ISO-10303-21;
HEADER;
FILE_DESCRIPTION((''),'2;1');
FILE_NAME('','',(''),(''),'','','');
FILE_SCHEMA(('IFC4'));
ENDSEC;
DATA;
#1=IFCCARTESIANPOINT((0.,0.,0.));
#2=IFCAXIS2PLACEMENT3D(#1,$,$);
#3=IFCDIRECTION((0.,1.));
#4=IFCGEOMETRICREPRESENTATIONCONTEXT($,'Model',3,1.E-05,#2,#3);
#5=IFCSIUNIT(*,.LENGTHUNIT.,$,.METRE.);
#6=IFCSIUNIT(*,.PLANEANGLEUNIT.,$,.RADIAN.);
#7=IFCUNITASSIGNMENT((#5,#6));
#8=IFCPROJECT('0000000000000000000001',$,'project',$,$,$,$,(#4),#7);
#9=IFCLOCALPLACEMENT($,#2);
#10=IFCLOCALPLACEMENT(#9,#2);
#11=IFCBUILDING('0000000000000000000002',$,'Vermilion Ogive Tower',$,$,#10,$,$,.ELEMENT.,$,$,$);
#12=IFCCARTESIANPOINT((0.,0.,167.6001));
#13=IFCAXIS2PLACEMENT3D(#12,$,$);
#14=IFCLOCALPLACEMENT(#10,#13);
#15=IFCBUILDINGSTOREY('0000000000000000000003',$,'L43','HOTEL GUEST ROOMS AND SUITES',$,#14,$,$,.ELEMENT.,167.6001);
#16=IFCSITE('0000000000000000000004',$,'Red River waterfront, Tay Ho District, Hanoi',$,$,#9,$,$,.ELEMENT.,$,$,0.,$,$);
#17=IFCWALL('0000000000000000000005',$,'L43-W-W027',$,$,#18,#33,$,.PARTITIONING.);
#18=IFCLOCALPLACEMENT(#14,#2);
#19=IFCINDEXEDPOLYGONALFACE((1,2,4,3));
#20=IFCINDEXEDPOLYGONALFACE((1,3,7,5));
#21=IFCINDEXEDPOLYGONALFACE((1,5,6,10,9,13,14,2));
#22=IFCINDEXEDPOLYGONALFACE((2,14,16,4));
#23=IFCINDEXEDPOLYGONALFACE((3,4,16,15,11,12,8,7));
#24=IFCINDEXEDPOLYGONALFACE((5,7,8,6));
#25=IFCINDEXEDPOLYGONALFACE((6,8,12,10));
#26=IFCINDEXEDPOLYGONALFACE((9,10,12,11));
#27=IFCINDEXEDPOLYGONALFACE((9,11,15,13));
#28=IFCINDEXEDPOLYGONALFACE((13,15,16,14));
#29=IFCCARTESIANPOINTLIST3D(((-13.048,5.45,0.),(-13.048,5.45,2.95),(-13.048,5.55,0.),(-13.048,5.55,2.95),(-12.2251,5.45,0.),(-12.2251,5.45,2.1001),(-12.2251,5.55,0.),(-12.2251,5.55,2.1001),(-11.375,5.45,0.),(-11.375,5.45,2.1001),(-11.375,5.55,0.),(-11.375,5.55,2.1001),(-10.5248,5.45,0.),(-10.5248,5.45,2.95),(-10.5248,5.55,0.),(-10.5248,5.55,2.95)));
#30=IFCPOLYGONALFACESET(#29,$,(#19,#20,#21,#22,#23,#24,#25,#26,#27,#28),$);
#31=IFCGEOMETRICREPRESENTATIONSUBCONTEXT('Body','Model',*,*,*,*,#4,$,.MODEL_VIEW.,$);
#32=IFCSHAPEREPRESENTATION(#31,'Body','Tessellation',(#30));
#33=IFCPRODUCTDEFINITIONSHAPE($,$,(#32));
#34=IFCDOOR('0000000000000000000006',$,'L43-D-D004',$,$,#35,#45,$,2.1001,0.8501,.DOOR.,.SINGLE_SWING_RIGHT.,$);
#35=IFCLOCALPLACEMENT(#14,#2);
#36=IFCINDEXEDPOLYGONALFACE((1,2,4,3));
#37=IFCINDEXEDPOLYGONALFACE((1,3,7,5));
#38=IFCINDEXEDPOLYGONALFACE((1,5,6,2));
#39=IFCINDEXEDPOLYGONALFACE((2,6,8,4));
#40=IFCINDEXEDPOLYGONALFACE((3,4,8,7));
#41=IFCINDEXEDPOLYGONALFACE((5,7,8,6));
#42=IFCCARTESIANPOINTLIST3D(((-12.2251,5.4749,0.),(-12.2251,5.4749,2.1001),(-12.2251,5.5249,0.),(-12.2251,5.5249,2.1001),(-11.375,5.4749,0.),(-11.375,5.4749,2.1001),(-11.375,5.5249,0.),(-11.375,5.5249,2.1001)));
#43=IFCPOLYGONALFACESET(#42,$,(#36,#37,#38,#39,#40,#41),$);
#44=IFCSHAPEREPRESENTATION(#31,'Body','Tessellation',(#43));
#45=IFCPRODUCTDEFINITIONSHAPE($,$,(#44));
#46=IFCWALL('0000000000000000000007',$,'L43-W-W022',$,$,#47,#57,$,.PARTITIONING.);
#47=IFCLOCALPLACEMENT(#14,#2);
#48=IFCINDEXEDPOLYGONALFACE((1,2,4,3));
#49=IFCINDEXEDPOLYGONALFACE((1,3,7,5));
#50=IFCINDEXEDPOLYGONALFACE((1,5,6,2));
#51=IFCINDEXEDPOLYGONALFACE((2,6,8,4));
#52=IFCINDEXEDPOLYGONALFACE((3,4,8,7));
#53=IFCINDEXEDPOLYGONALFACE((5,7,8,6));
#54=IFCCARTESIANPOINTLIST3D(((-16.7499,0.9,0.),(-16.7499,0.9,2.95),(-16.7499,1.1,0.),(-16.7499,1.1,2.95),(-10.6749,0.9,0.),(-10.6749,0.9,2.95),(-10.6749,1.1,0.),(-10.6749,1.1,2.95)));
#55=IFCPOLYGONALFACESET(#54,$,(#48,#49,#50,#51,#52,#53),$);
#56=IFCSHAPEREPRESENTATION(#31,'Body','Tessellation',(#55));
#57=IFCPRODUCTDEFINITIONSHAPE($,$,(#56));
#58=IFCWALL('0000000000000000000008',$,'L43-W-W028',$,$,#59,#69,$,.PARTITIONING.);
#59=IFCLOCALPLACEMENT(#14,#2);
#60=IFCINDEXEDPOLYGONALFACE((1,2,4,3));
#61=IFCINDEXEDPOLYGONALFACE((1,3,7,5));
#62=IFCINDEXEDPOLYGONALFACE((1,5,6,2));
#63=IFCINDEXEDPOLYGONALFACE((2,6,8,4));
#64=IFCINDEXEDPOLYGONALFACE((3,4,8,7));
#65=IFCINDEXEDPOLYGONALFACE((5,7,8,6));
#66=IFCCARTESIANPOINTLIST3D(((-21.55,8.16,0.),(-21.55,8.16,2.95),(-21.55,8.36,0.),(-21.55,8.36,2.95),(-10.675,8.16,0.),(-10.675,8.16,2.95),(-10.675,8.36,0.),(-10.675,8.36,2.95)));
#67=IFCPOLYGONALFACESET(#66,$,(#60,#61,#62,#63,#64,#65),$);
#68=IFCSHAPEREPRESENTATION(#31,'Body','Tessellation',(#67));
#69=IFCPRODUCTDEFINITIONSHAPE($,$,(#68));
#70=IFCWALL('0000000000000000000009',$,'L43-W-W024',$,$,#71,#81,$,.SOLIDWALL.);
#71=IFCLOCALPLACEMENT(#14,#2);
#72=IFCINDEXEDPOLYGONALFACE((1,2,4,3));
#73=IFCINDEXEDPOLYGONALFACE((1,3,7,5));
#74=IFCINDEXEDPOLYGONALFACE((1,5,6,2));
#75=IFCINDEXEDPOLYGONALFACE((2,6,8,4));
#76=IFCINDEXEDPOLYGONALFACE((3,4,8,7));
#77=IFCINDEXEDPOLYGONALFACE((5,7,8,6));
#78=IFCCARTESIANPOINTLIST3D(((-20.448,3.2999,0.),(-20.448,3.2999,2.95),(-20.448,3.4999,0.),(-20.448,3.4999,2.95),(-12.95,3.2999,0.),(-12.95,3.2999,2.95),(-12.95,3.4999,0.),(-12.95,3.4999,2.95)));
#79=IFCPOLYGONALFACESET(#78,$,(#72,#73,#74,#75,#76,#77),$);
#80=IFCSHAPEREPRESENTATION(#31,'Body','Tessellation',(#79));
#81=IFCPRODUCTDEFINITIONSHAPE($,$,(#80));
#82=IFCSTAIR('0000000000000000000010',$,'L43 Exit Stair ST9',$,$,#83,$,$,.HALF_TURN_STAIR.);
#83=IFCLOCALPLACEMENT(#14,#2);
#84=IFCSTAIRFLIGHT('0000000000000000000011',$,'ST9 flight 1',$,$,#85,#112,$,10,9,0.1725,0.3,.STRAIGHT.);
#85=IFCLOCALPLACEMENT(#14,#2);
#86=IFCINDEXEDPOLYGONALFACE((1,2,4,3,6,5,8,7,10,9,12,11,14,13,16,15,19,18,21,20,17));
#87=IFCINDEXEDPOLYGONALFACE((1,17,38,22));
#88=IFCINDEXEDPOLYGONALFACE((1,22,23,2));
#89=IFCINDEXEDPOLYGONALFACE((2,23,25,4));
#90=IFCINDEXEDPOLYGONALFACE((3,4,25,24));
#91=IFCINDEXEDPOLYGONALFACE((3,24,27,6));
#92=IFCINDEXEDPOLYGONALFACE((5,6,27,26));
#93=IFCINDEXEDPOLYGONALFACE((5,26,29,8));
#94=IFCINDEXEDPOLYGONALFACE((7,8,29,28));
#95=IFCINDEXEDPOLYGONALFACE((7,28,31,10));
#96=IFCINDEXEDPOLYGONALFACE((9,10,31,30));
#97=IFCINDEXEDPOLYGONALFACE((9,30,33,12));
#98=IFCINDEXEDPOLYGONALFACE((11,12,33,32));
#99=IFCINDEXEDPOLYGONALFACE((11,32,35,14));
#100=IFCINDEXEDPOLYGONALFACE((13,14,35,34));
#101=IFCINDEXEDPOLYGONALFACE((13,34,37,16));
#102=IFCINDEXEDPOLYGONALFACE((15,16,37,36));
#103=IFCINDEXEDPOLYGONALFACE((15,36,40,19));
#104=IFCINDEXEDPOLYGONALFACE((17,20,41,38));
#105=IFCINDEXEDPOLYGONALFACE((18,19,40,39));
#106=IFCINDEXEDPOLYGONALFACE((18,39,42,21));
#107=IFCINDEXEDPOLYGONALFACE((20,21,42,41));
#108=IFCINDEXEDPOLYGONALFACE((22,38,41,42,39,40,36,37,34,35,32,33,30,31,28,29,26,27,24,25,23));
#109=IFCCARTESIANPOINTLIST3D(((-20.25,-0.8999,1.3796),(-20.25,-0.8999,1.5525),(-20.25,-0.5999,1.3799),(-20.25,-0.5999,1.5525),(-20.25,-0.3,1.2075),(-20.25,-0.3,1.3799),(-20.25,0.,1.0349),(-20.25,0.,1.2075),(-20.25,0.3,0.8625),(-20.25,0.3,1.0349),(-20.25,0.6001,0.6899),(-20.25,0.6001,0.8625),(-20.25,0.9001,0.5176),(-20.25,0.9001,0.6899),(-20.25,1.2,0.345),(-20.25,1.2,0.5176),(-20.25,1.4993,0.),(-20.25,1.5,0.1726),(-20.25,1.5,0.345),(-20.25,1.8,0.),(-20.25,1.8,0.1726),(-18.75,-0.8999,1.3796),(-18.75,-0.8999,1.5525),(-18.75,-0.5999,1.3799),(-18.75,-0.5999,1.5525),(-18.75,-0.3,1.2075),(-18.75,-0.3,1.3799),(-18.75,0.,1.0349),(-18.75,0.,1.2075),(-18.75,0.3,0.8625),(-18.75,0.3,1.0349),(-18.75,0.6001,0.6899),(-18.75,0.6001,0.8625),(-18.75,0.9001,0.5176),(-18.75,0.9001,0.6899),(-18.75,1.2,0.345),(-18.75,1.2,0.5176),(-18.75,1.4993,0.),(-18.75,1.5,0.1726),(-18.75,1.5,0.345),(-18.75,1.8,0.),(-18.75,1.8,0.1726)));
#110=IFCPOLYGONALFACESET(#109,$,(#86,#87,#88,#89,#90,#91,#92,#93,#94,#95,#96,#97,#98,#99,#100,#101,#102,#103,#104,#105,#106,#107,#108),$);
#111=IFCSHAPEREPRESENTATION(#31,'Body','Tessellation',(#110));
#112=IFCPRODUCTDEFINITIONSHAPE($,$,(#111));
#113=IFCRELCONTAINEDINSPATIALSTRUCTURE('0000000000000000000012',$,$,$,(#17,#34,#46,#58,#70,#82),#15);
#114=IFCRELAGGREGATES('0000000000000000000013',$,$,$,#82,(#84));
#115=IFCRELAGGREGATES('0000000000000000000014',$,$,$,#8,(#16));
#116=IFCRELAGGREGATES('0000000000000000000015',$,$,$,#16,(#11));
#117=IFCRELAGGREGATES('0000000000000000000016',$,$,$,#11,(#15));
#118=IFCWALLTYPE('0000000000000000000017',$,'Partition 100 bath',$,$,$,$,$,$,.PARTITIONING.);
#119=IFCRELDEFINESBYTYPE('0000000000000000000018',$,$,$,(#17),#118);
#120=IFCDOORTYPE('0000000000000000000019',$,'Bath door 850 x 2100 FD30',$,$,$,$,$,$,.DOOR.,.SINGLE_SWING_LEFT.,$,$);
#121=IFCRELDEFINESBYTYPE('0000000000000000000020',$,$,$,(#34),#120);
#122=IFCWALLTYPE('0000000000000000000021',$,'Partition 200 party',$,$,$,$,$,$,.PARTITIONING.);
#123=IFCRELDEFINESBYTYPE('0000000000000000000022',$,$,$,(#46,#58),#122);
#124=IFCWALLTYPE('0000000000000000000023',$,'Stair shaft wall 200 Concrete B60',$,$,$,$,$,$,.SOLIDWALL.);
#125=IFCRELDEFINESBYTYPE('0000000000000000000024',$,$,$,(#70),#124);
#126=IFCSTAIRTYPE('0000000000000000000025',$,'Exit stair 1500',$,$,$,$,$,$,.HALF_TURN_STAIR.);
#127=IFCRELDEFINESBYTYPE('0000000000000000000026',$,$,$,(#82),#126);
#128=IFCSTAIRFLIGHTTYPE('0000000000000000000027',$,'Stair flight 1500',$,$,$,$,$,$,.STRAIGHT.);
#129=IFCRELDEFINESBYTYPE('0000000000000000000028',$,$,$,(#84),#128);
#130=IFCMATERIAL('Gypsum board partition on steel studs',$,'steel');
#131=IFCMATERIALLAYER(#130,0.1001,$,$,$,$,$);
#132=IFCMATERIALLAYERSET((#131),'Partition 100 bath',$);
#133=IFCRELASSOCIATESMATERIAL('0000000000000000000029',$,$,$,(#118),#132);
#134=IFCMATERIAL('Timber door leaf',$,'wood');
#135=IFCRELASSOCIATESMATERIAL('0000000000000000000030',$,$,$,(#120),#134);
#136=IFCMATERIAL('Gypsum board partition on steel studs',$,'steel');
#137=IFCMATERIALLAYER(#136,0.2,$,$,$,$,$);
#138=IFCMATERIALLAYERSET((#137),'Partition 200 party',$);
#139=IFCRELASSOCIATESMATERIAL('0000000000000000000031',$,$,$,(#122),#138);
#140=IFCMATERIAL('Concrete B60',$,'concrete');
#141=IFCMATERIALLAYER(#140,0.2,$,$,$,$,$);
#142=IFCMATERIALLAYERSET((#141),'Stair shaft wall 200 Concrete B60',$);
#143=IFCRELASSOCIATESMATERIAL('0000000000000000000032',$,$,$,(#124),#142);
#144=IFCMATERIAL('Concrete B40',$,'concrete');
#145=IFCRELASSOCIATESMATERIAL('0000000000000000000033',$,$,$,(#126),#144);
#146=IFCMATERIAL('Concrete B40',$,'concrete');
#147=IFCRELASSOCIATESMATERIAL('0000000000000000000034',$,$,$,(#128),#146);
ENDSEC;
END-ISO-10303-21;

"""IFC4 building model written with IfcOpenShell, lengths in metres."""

from ifc_helpers import new_model, si_unit, direction, frame, frame_2d, origin, place, context, subcontext, project, spatial, polyline, rectangle, outline, extrude, material, layer, layer_set, type_object, element, fill, aggregate, save


model = new_model("IFC4")

# Units and contexts
model_context = context("Model", 3, precision=1e-05, world=origin(), true_north=direction((0.0, 1.0)))
body_context = subcontext(model_context, "Body", "Model", "MODEL_VIEW")
ifc_project = project(units=[si_unit("LENGTHUNIT", "METRE"), si_unit("PLANEANGLEUNIT", "RADIAN")], contexts=[model_context])

# Site, building, storey
site_placement = place(None, origin())
site = spatial("IfcSite", under=ifc_project, at=site_placement, Name="Red River waterfront, Tay Ho District, Hanoi", CompositionType="ELEMENT", RefElevation=0.0)
building_placement = place(site_placement, origin())
building = spatial("IfcBuilding", under=site, at=building_placement, Name="Vermilion Ogive Tower", CompositionType="ELEMENT")
storey_placement = place(building_placement, frame((0.0, 0.0, 167.6001)))
storey = spatial("IfcBuildingStorey", under=building, at=storey_placement, Name="L43", Description="HOTEL GUEST ROOMS AND SUITES", CompositionType="ELEMENT", Elevation=167.6001)

# Shared definitions
ifc_material_1 = material(Name="Gypsum board partition on steel studs", Category="steel")
ifc_layer_1 = layer(ifc_material_1, 0.1001)
ifc_layer_set_1 = layer_set([ifc_layer_1], Name="Partition 100 bath")
wall_type_1 = type_object("IfcWallType", Name="Partition 100 bath", PredefinedType="PARTITIONING", material=ifc_layer_set_1)

# Wall, opening, door
wall_1_placement = place(storey_placement, frame((-13.0481, 5.5, 0.0), z_axis=(0.0, 0.0, 1.0), x_axis=(1.0, 0.0, 0.0)))
wall_1 = element("IfcWall", 1, at=wall_1_placement, inside=storey, type_object=wall_type_1, Name="L43-W-W027", PredefinedType="PARTITIONING", context=body_context, shape_type="SweptSolid", body=[
    extrude(rectangle(XDim=2.5232, YDim=0.1001, at=frame_2d((1.2617, 0.0))), origin(), (0.0, 0.0, 1.0), 2.95),
])
opening_placement = place(wall_1_placement, frame((0.823, 0.0, 0.0)))
opening = element("IfcOpeningElement", 2, at=opening_placement, cuts=wall_1, PredefinedType="OPENING", context=body_context, shape_type="SweptSolid", body=[
    extrude(rectangle(XDim=0.8501, YDim=2.1001, at=frame_2d((0.425, 1.05))), frame((0.0, 0.0601, 0.0), z_axis=(0.0, -1.0, 0.0), x_axis=(1.0, 0.0, 0.0)), (0.0, 0.0, 1.0), 0.1201),
])
ifc_material_2 = material(Name="Timber door leaf", Category="wood")
door_type = type_object("IfcDoorType", Name="Bath door 850 x 2100 FD30", OperationType="SINGLE_SWING_LEFT", PredefinedType="DOOR", material=ifc_material_2)
door_placement = place(opening_placement, origin())
door = element("IfcDoor", 3, at=door_placement, inside=storey, type_object=door_type, Name="L43-D-D004", OperationType="SINGLE_SWING_RIGHT", OverallHeight=2.1001, OverallWidth=0.8501, PredefinedType="DOOR", context=body_context, shape_type="SweptSolid", body=[
    extrude(rectangle(XDim=0.8501, YDim=2.1001, at=frame_2d((0.425, 1.05))), frame((0.0, 0.0249, 0.0), z_axis=(0.0, -1.0, 0.0), x_axis=(1.0, 0.0, 0.0)), (0.0, 0.0, 1.0), 0.05),
])
fill(opening, door)

# Walls
ifc_material_3 = material(Name="Gypsum board partition on steel studs", Category="steel")
ifc_layer_2 = layer(ifc_material_3, 0.2)
ifc_layer_set_2 = layer_set([ifc_layer_2], Name="Partition 200 party")
wall_type_2 = type_object("IfcWallType", Name="Partition 200 party", PredefinedType="PARTITIONING", material=ifc_layer_set_2)
wall_2_placement = place(storey_placement, frame((-16.75, 1.0, 0.0), z_axis=(0.0, 0.0, 1.0), x_axis=(1.0, 0.0, 0.0)))
element("IfcWall", 4, at=wall_2_placement, inside=storey, type_object=wall_type_2, Name="L43-W-W022", PredefinedType="PARTITIONING", context=body_context, shape_type="SweptSolid", body=[
    extrude(rectangle(XDim=6.075, YDim=0.2, at=frame_2d((3.0376, 0.0))), origin(), (0.0, 0.0, 1.0), 2.95),
])
wall_3_placement = place(storey_placement, frame((-21.55, 8.26, 0.0), z_axis=(0.0, 0.0, 1.0), x_axis=(1.0, 0.0, 0.0)))
element("IfcWall", 5, at=wall_3_placement, inside=storey, type_object=wall_type_2, Name="L43-W-W028", PredefinedType="PARTITIONING", context=body_context, shape_type="SweptSolid", body=[
    extrude(rectangle(XDim=10.875, YDim=0.2, at=frame_2d((5.4375, 0.0))), origin(), (0.0, 0.0, 1.0), 2.95),
])
ifc_material_4 = material(Name="Concrete B60", Category="concrete")
ifc_layer_3 = layer(ifc_material_4, 0.2)
ifc_layer_set_3 = layer_set([ifc_layer_3], Name="Stair shaft wall 200 Concrete B60")
wall_type_3 = type_object("IfcWallType", Name="Stair shaft wall 200 Concrete B60", PredefinedType="SOLIDWALL", material=ifc_layer_set_3)
wall_4_placement = place(storey_placement, frame((-20.448, 3.3999, 0.0), z_axis=(0.0, 0.0, 1.0), x_axis=(1.0, 0.0, 0.0)))
element("IfcWall", 6, at=wall_4_placement, inside=storey, type_object=wall_type_3, Name="L43-W-W024", PredefinedType="SOLIDWALL", context=body_context, shape_type="SweptSolid", body=[
    extrude(rectangle(XDim=7.498, YDim=0.2, at=frame_2d((3.749, 0.0))), origin(), (0.0, 0.0, 1.0), 2.95),
])

# Stair, stair flight
ifc_material_5 = material(Name="Concrete B40", Category="concrete")
stair_type = type_object("IfcStairType", Name="Exit stair 1500", PredefinedType="HALF_TURN_STAIR", material=ifc_material_5)
stair_placement = place(storey_placement, origin())
stair = element("IfcStair", 7, at=stair_placement, inside=storey, type_object=stair_type, Name="L43 Exit Stair ST9", PredefinedType="HALF_TURN_STAIR")
ifc_material_6 = material(Name="Concrete B40", Category="concrete")
stair_flight_type = type_object("IfcStairFlightType", Name="Stair flight 1500", PredefinedType="STRAIGHT", material=ifc_material_6)
stair_flight_placement = place(storey_placement, frame((-19.5, 1.8, 0.0), z_axis=(0.0, 0.0, 1.0), x_axis=(0.0, -1.0, 0.0)))
stair_flight = element("IfcStairFlight", 8, at=stair_flight_placement, type_object=stair_flight_type, Name="ST9 flight 1", NumberOfRisers=10, NumberOfTreads=9, PredefinedType="STRAIGHT", RiserHeight=0.1725, TreadLength=0.3, context=body_context, shape_type="SweptSolid", body=[
    extrude(outline(polyline([(0.0, 0.0), (0.0, 0.1726), (0.3, 0.1726), (0.3, 0.345), (0.6001, 0.345), (0.6001, 0.5176), (0.8999, 0.5176), (0.8999, 0.6899), (1.2, 0.6899), (1.2, 0.8625), (1.5, 0.8625), (1.5, 1.0349), (1.8, 1.0349), (1.8, 1.2075), (2.1001, 1.2075), (2.1001, 1.3799), (2.3999, 1.3799), (2.3999, 1.5525), (2.7, 1.5525), (2.7, 1.7251), (2.7, 1.3796), (0.3008, 0.0), (0.0, 0.0)])), frame((0.0, 0.75, 0.0), z_axis=(0.0, -1.0, 0.0), x_axis=(1.0, 0.0, 0.0)), (0.0, 0.0, 1.0), 1.5),
])
aggregate(stair, [stair_flight])

save(model, "model.ifc")
